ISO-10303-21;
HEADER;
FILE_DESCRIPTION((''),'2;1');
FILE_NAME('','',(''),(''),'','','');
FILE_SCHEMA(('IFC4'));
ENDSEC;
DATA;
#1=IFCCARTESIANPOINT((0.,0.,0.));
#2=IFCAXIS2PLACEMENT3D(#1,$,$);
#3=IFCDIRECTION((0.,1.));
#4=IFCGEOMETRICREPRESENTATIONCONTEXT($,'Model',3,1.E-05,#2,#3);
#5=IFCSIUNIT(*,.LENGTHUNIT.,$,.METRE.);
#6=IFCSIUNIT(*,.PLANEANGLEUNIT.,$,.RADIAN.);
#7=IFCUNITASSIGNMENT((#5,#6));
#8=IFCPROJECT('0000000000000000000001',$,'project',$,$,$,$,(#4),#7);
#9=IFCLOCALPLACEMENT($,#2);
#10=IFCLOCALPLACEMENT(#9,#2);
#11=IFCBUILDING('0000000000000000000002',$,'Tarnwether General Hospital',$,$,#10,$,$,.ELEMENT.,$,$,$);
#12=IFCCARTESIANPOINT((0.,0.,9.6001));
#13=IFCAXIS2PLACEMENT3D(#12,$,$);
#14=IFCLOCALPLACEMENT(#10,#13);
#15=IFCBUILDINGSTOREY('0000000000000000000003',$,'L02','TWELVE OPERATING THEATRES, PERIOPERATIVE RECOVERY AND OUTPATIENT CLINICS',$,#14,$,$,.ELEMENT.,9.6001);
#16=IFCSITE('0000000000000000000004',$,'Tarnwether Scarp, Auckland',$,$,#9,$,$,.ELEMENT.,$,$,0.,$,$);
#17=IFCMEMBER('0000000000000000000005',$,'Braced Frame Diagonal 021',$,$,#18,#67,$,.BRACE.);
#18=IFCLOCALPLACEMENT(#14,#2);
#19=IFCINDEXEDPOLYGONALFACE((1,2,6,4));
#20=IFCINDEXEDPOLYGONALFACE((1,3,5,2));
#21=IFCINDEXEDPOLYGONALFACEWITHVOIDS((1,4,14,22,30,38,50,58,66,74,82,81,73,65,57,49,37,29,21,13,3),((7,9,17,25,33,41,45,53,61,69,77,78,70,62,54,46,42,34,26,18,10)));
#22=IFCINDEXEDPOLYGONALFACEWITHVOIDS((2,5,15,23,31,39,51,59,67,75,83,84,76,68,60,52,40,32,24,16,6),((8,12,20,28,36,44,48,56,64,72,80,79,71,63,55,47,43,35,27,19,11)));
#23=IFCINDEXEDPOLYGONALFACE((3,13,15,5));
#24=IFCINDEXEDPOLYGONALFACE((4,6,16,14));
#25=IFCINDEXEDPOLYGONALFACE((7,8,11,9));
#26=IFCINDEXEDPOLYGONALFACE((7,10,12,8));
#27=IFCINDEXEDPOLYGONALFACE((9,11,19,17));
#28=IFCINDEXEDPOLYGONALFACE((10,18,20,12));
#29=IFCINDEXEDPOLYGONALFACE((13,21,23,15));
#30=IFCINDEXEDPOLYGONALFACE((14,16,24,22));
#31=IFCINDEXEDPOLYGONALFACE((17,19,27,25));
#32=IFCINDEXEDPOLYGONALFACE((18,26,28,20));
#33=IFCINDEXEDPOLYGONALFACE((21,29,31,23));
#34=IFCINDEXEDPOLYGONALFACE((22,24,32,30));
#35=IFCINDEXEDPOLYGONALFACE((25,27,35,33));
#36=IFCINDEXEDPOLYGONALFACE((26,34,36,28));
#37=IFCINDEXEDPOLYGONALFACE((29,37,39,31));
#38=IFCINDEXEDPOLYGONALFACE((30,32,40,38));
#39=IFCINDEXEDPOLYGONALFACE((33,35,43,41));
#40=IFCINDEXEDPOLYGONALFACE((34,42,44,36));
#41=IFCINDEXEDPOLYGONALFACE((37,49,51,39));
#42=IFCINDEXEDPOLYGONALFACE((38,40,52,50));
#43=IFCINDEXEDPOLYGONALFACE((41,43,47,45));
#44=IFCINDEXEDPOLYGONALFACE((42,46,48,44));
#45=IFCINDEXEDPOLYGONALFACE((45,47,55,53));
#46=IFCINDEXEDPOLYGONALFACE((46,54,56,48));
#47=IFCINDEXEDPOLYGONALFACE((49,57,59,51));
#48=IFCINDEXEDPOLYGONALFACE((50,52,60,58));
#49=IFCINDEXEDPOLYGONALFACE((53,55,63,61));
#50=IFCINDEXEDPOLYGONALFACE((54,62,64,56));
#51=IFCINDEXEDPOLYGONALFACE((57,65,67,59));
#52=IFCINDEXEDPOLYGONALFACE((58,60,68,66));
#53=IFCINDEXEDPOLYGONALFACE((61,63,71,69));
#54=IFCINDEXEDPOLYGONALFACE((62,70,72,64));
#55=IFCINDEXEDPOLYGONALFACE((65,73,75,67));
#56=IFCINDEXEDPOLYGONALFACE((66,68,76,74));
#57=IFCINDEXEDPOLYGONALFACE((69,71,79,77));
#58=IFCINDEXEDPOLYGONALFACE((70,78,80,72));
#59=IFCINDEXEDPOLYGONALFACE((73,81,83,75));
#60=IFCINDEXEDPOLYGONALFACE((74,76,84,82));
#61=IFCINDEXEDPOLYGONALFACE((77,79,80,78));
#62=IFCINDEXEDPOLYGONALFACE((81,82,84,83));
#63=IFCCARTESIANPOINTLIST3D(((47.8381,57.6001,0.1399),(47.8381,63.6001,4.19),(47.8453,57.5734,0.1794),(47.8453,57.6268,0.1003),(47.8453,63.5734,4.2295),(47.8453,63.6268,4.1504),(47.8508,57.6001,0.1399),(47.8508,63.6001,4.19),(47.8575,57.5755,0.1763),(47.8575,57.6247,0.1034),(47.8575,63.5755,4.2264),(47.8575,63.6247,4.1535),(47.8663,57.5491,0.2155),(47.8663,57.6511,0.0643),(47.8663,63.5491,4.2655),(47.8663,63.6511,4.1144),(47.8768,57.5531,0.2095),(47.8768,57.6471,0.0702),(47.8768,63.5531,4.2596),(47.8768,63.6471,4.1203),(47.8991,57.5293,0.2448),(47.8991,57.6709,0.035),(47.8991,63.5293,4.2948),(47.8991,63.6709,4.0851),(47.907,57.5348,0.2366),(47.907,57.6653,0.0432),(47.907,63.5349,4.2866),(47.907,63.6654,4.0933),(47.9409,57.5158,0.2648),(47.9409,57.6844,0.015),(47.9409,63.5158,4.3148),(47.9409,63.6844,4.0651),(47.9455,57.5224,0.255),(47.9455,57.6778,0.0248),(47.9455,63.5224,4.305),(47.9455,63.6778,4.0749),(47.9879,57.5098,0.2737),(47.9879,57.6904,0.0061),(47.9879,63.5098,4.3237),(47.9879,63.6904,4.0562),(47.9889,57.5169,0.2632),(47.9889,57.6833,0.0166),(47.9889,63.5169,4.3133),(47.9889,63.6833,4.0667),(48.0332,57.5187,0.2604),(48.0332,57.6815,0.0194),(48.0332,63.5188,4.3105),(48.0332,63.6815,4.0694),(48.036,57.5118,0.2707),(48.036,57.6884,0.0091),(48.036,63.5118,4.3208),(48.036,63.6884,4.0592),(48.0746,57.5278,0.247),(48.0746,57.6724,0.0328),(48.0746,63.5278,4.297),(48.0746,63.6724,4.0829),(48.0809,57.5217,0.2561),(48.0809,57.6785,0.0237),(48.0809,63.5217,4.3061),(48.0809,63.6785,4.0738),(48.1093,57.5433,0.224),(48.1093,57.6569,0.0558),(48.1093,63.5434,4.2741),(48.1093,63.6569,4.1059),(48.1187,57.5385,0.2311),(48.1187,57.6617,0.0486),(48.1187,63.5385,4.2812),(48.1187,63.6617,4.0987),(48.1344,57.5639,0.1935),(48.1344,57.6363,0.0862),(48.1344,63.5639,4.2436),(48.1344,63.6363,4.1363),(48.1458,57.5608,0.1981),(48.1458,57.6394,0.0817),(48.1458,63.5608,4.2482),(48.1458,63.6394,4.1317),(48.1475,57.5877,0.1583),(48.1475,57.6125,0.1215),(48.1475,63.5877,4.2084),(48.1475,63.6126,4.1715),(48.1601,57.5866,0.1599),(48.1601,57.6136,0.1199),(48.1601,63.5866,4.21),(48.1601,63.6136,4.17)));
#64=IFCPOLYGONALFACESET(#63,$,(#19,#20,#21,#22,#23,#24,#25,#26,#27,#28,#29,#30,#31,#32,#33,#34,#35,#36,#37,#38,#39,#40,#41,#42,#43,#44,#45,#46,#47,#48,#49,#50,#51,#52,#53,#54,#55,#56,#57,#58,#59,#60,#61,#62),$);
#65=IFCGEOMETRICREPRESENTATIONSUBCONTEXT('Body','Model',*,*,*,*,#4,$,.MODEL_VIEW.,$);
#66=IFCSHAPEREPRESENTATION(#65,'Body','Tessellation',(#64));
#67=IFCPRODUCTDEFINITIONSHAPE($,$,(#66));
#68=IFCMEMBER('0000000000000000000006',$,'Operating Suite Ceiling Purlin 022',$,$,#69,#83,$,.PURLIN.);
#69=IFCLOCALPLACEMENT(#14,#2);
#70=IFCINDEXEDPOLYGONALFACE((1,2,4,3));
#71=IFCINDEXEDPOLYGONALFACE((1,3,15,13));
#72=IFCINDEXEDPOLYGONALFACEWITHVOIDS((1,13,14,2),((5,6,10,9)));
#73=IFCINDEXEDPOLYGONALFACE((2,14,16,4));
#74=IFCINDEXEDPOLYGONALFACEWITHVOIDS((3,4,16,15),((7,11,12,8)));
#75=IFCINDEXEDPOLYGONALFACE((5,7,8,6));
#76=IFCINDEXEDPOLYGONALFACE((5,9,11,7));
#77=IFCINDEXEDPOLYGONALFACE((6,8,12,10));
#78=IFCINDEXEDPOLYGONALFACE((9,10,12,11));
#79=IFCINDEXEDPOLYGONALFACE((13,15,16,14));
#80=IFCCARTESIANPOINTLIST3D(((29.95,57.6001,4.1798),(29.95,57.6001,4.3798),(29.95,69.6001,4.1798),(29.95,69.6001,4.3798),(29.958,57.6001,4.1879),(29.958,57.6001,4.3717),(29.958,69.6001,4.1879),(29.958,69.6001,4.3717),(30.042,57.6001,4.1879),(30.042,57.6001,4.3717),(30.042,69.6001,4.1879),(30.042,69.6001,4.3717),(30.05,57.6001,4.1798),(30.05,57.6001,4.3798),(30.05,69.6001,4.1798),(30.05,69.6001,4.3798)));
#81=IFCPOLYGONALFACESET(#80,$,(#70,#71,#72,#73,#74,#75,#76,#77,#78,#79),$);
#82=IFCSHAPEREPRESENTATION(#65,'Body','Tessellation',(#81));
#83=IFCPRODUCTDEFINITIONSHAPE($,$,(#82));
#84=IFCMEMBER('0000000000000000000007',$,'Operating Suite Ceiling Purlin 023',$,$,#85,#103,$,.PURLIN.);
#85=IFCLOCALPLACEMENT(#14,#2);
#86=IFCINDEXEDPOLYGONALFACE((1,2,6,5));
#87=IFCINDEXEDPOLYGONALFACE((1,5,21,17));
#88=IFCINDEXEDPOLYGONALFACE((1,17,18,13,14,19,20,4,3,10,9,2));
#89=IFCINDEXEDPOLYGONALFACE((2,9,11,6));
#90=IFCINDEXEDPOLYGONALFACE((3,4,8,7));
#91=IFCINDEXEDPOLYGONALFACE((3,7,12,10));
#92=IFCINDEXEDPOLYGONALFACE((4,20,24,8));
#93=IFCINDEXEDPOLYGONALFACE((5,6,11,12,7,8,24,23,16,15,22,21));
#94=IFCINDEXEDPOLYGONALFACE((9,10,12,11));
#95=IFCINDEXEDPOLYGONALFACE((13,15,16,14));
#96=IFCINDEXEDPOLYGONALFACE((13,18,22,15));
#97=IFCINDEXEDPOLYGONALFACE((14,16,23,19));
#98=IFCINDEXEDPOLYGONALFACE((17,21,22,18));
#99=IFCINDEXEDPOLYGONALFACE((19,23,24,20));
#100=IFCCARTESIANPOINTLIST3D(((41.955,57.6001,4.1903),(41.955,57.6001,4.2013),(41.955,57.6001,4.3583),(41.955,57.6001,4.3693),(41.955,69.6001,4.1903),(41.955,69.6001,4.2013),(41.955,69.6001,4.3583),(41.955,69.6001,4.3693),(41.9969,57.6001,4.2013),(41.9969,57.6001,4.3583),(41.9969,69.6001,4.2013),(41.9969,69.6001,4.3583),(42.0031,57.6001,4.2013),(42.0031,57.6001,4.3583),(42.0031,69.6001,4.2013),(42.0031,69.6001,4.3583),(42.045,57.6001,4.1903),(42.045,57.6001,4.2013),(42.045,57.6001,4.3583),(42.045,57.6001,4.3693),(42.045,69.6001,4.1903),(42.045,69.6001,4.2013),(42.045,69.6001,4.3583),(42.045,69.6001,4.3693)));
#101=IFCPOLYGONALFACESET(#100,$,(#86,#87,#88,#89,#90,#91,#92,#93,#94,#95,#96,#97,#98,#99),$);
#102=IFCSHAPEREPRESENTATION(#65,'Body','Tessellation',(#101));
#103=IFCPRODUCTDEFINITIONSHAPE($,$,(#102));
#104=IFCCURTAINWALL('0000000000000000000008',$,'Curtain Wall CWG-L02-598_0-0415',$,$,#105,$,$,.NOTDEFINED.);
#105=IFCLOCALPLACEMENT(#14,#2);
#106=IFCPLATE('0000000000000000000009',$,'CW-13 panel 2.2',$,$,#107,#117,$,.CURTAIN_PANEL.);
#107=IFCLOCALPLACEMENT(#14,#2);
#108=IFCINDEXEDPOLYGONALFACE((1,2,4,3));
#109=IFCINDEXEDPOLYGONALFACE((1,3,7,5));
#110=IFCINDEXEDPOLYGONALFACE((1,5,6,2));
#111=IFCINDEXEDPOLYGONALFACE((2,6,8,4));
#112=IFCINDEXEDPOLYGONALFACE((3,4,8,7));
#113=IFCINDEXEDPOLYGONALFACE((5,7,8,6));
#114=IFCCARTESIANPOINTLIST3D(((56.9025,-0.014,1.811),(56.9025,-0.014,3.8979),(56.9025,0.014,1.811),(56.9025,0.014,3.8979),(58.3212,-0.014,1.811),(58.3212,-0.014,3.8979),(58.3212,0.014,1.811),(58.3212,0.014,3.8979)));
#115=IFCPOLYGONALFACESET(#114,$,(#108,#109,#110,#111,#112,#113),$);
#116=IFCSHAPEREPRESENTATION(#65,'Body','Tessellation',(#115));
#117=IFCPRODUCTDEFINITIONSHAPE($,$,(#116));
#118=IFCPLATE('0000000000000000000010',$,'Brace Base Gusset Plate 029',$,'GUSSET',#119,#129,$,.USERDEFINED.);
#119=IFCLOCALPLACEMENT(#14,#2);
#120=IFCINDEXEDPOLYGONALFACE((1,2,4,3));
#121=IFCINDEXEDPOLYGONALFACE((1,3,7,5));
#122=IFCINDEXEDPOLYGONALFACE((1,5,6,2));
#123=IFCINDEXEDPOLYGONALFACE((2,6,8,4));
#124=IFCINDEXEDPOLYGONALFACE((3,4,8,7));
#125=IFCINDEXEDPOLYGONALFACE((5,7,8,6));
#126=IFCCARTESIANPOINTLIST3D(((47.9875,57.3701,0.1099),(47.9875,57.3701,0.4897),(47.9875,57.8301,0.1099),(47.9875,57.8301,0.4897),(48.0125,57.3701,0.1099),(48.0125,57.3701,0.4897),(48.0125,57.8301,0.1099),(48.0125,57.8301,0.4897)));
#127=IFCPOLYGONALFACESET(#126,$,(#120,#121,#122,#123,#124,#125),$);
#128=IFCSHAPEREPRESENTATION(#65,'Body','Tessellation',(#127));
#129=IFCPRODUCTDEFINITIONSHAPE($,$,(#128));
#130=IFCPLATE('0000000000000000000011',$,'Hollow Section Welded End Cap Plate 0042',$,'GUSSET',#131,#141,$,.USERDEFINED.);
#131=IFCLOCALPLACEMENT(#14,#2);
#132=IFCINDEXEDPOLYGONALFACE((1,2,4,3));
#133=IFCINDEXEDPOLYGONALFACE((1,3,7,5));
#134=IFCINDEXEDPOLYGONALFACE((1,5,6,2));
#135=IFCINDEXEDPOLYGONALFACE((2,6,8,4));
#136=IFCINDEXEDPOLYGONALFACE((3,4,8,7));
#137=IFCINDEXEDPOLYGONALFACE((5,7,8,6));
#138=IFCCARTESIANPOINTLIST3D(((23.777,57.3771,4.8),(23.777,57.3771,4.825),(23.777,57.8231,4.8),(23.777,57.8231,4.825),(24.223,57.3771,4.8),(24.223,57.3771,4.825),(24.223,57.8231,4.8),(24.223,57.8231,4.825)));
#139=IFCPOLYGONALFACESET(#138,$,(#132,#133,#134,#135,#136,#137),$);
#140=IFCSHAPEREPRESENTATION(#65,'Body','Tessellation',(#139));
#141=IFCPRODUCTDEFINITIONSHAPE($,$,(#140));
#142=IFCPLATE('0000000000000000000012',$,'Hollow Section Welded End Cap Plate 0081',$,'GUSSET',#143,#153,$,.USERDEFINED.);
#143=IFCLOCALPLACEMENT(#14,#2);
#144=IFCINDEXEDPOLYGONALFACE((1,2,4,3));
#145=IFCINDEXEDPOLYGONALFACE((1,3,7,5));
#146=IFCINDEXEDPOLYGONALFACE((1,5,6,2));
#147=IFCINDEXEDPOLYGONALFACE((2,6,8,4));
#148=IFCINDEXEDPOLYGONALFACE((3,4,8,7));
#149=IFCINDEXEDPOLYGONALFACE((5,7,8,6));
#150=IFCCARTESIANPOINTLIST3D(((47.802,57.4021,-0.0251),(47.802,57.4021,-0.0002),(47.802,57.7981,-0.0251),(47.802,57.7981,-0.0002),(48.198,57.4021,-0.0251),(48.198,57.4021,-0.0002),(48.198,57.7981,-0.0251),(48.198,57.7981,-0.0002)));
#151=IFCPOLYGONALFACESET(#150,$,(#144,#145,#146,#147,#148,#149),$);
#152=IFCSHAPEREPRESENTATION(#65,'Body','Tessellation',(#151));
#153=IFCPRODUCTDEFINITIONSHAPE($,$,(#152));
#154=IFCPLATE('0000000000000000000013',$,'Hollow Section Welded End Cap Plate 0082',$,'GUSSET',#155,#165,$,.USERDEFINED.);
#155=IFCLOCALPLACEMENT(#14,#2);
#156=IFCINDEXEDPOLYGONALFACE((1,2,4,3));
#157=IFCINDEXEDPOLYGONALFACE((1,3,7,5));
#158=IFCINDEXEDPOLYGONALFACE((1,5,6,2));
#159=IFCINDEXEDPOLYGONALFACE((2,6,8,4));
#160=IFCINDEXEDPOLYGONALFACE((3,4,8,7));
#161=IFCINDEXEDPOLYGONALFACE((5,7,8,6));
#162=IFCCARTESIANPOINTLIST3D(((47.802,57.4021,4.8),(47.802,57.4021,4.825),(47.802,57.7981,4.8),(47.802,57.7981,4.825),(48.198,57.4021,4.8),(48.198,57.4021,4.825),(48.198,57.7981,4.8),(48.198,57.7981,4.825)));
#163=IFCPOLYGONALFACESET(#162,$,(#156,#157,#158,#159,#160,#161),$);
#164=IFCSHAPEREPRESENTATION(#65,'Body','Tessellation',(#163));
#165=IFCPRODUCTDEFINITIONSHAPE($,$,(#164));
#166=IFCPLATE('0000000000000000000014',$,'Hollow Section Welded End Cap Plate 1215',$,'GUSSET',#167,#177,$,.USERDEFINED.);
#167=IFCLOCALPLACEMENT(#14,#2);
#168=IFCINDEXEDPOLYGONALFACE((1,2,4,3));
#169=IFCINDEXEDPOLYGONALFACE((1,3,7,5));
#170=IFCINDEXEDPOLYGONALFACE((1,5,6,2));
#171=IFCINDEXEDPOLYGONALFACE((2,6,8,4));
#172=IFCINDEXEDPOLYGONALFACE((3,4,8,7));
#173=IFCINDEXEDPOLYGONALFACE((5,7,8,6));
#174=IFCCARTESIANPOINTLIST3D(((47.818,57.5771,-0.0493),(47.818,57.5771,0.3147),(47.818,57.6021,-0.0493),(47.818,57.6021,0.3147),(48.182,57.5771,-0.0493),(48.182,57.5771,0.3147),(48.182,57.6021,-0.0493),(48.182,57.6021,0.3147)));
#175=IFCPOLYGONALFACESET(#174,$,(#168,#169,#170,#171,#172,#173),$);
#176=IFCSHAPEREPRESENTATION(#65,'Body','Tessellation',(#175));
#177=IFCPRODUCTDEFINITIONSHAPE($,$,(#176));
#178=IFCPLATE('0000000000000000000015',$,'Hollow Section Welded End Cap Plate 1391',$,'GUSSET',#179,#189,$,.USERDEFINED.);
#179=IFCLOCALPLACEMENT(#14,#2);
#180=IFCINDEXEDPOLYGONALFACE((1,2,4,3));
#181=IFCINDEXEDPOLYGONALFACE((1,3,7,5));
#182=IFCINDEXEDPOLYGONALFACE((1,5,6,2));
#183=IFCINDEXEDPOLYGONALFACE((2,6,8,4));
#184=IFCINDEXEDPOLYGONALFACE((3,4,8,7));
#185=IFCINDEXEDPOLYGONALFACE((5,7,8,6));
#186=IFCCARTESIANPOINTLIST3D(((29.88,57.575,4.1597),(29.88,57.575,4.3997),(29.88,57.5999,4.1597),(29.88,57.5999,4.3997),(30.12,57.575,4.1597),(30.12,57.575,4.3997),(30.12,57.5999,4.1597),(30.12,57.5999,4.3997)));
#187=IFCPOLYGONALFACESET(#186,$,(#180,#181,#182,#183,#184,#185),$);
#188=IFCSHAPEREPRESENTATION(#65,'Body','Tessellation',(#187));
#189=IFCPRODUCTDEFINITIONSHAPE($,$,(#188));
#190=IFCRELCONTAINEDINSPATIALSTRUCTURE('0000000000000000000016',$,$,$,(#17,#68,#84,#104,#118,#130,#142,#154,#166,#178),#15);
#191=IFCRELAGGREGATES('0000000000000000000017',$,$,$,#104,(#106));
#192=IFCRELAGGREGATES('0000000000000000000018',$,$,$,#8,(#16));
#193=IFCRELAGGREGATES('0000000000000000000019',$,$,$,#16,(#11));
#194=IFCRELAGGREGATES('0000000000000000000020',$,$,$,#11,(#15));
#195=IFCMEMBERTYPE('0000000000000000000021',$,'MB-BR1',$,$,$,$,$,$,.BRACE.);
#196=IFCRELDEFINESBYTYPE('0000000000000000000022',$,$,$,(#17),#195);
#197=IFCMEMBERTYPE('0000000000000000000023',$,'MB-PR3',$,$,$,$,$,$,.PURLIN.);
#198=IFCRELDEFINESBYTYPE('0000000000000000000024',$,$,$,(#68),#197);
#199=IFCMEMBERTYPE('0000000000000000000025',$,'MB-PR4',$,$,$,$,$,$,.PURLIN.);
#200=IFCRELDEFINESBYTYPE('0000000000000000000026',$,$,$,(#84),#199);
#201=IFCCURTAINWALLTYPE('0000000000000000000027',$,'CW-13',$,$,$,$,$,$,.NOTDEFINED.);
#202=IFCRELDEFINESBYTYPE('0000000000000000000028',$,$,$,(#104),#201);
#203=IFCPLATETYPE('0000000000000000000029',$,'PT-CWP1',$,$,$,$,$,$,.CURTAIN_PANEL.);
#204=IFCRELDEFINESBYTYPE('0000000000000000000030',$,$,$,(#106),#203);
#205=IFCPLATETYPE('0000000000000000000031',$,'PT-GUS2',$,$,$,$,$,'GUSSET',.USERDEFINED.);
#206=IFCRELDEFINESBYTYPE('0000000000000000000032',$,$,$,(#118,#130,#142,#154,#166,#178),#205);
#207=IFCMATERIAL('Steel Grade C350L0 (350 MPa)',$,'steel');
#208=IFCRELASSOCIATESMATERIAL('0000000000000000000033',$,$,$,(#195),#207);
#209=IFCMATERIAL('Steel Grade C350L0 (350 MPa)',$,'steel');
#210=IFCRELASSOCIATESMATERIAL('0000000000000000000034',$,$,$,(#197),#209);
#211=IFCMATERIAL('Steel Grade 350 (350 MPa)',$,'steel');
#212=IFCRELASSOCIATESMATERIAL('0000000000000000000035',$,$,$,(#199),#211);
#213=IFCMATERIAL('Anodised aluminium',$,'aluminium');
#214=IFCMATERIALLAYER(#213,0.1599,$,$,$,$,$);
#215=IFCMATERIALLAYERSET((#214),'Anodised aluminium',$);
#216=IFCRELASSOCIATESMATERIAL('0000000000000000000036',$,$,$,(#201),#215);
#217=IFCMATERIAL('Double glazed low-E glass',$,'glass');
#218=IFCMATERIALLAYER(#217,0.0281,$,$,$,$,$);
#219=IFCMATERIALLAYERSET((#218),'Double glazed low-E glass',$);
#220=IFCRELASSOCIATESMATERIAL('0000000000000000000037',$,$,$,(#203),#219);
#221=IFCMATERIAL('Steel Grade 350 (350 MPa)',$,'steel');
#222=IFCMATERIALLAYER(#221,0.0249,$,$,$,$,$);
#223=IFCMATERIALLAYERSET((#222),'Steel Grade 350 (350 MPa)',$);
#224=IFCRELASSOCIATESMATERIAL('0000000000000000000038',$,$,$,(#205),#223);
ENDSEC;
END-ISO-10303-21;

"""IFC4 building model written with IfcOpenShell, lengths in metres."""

from ifc_helpers import new_model, si_unit, direction, frame, origin, origin_2d, place, context, subcontext, project, spatial, rectangle, hollow_rectangle, hollow_circle, i_section, extrude, material, layer, layer_set, material_profile, profile_set, type_object, element, aggregate, save


model = new_model("IFC4")

# Units and contexts
model_context = context("Model", 3, precision=1e-05, world=origin(), true_north=direction((0.0, 1.0)))
body_context = subcontext(model_context, "Body", "Model", "MODEL_VIEW")
ifc_project = project(units=[si_unit("LENGTHUNIT", "METRE"), si_unit("PLANEANGLEUNIT", "RADIAN")], contexts=[model_context])

# Site, building, storey
site_placement = place(None, origin())
site = spatial("IfcSite", under=ifc_project, at=site_placement, Name="Tarnwether Scarp, Auckland", CompositionType="ELEMENT", RefElevation=0.0)
building_placement = place(site_placement, origin())
building = spatial("IfcBuilding", under=site, at=building_placement, Name="Tarnwether General Hospital", CompositionType="ELEMENT")
storey_placement = place(building_placement, frame((0.0, 0.0, 9.6001)))
storey = spatial("IfcBuildingStorey", under=building, at=storey_placement, Name="L02", Description="TWELVE OPERATING THEATRES, PERIOPERATIVE RECOVERY AND OUTPATIENT CLINICS", CompositionType="ELEMENT", Elevation=9.6001)

# Members
ifc_material_1 = material(Name="Steel Grade C350L0 (350 MPa)", Category="steel")
ifc_material_profile_1 = material_profile(ifc_material_1, hollow_circle(Radius=0.1619, WallThickness=0.0127, at=origin_2d()), Name="CHS323.9x12.7")
ifc_profile_set_1 = profile_set([ifc_material_profile_1], Name="Steel Grade C350L0 (350 MPa)")
member_type_1 = type_object("IfcMemberType", Name="MB-BR1", PredefinedType="BRACE", material=ifc_profile_set_1)
member_1_placement = place(storey_placement, frame((48.0, 57.6001, 0.1399), z_axis=(0.0, 0.828846, 0.559477), x_axis=(-1.0, 0.0, 0.0)))
element("IfcMember", 1, at=member_1_placement, inside=storey, type_object=member_type_1, Name="Braced Frame Diagonal 021", PredefinedType="BRACE", context=body_context, shape_type="SweptSolid", body=[
    extrude(hollow_circle(Radius=0.1619, WallThickness=0.0127, at=origin_2d()), origin(), (0.0, 0.0, 1.0), 7.239),
])
ifc_material_2 = material(Name="Steel Grade C350L0 (350 MPa)", Category="steel")
ifc_material_profile_2 = material_profile(ifc_material_2, hollow_rectangle(XDim=0.1001, YDim=0.2, WallThickness=0.0081, at=origin_2d()), Name="RHS200x100x8")
ifc_profile_set_2 = profile_set([ifc_material_profile_2], Name="Steel Grade C350L0 (350 MPa)")
member_type_2 = type_object("IfcMemberType", Name="MB-PR3", PredefinedType="PURLIN", material=ifc_profile_set_2)
member_2_placement = place(storey_placement, frame((30.0, 57.6001, 4.2798), z_axis=(0.0, 1.0, 0.0), x_axis=(-1.0, 0.0, 0.0)))
element("IfcMember", 2, at=member_2_placement, inside=storey, type_object=member_type_2, Name="Operating Suite Ceiling Purlin 022", PredefinedType="PURLIN", context=body_context, shape_type="SweptSolid", body=[
    extrude(hollow_rectangle(XDim=0.1001, YDim=0.2, WallThickness=0.0081, at=origin_2d()), origin(), (0.0, 0.0, 1.0), 12.0),
])
ifc_material_3 = material(Name="Steel Grade 350 (350 MPa)", Category="steel")
ifc_material_profile_3 = material_profile(ifc_material_3, i_section(OverallWidth=0.0901, OverallDepth=0.179, WebThickness=0.0061, FlangeThickness=0.011, at=origin_2d()), Name="180UB22.2")
ifc_profile_set_3 = profile_set([ifc_material_profile_3], Name="Steel Grade 350 (350 MPa)")
member_type_3 = type_object("IfcMemberType", Name="MB-PR4", PredefinedType="PURLIN", material=ifc_profile_set_3)
member_3_placement = place(storey_placement, frame((42.0, 57.6001, 4.2798), z_axis=(0.0, 1.0, 0.0), x_axis=(-1.0, 0.0, 0.0)))
element("IfcMember", 3, at=member_3_placement, inside=storey, type_object=member_type_3, Name="Operating Suite Ceiling Purlin 023", PredefinedType="PURLIN", context=body_context, shape_type="SweptSolid", body=[
    extrude(i_section(OverallWidth=0.0901, OverallDepth=0.179, WebThickness=0.0061, FlangeThickness=0.011, at=origin_2d()), origin(), (0.0, 0.0, 1.0), 12.0),
])

# Curtain wall, plate
ifc_material_4 = material(Name="Anodised aluminium", Category="aluminium")
ifc_layer_1 = layer(ifc_material_4, 0.1599)
ifc_layer_set_1 = layer_set([ifc_layer_1], Name="Anodised aluminium")
curtain_wall_type = type_object("IfcCurtainWallType", Name="CW-13", PredefinedType="NOTDEFINED", material=ifc_layer_set_1)
curtain_wall_placement = place(storey_placement, origin())
curtain_wall = element("IfcCurtainWall", 4, at=curtain_wall_placement, inside=storey, type_object=curtain_wall_type, Name="Curtain Wall CWG-L02-598_0-0415", PredefinedType="NOTDEFINED")
ifc_material_5 = material(Name="Double glazed low-E glass", Category="glass")
ifc_layer_2 = layer(ifc_material_5, 0.0281)
ifc_layer_set_2 = layer_set([ifc_layer_2], Name="Double glazed low-E glass")
plate_type_1 = type_object("IfcPlateType", Name="PT-CWP1", PredefinedType="CURTAIN_PANEL", material=ifc_layer_set_2)
plate_1_placement = place(storey_placement, frame((57.6118, 0.0, 1.811), z_axis=(0.0, 0.0, 1.0), x_axis=(-1.0, 0.0, 0.0)))
plate_1 = element("IfcPlate", 5, at=plate_1_placement, type_object=plate_type_1, Name="CW-13 panel 2.2", PredefinedType="CURTAIN_PANEL", context=body_context, shape_type="SweptSolid", body=[
    extrude(rectangle(XDim=1.4187, YDim=0.0281, at=origin_2d()), origin(), (0.0, 0.0, 1.0), 2.0869),
])
aggregate(curtain_wall, [plate_1])

# Plates
ifc_material_6 = material(Name="Steel Grade 350 (350 MPa)", Category="steel")
ifc_layer_3 = layer(ifc_material_6, 0.0249)
ifc_layer_set_3 = layer_set([ifc_layer_3], Name="Steel Grade 350 (350 MPa)")
plate_type_2 = type_object("IfcPlateType", Name="PT-GUS2", ElementType="GUSSET", PredefinedType="USERDEFINED", material=ifc_layer_set_3)
plate_2_placement = place(storey_placement, frame((48.0, 57.6001, 0.1099), z_axis=(0.0, 0.0, 1.0), x_axis=(0.0, 1.0, 0.0)))
element("IfcPlate", 6, at=plate_2_placement, inside=storey, type_object=plate_type_2, Name="Brace Base Gusset Plate 029", ObjectType="GUSSET", PredefinedType="USERDEFINED", context=body_context, shape_type="SweptSolid", body=[
    extrude(rectangle(XDim=0.46, YDim=0.0249, at=origin_2d()), origin(), (0.0, 0.0, 1.0), 0.3799),
])
plate_3_placement = place(storey_placement, frame((24.0, 57.6001, 4.8), z_axis=(0.0, 0.0, 1.0), x_axis=(1.0, 0.0, 0.0)))
element("IfcPlate", 7, at=plate_3_placement, inside=storey, type_object=plate_type_2, Name="Hollow Section Welded End Cap Plate 0042", ObjectType="GUSSET", PredefinedType="USERDEFINED", context=body_context, shape_type="SweptSolid", body=[
    extrude(rectangle(XDim=0.446, YDim=0.446, at=origin_2d()), origin(), (0.0, 0.0, 1.0), 0.0249),
])
for number, where, z_axis, x_axis, name in (
    (8, (48.0, 57.6001, -0.0251), (0.0, 0.0, 1.0), (1.0, 0.0, 0.0), "Hollow Section Welded End Cap Plate 0081"),
    (9, (48.0, 57.6001, 4.8), (0.0, 0.0, 1.0), (1.0, 0.0, 0.0), "Hollow Section Welded End Cap Plate 0082"),
):
    element("IfcPlate", number, at=place(storey_placement, frame(where, z_axis=z_axis, x_axis=x_axis)), inside=storey, type_object=plate_type_2, Name=name, ObjectType="GUSSET", PredefinedType="USERDEFINED", context=body_context, shape_type="SweptSolid", body=[
        extrude(rectangle(XDim=0.396, YDim=0.396, at=origin_2d()), origin(), (0.0, 0.0, 1.0), 0.0249),
    ])
plate_4_placement = place(storey_placement, frame((48.0, 57.5896, -0.0493), z_axis=(0.0, 0.0, 1.0), x_axis=(0.0, 1.0, 0.0)))
element("IfcPlate", 10, at=plate_4_placement, inside=storey, type_object=plate_type_2, Name="Hollow Section Welded End Cap Plate 1215", ObjectType="GUSSET", PredefinedType="USERDEFINED", context=body_context, shape_type="SweptSolid", body=[
    extrude(rectangle(XDim=0.0249, YDim=0.364, at=origin_2d()), origin(), (0.0, 0.0, 1.0), 0.364),
])
plate_5_placement = place(storey_placement, frame((30.0, 57.5874, 4.1597), z_axis=(0.0, 0.0, 1.0), x_axis=(0.0, 1.0, 0.0)))
element("IfcPlate", 11, at=plate_5_placement, inside=storey, type_object=plate_type_2, Name="Hollow Section Welded End Cap Plate 1391", ObjectType="GUSSET", PredefinedType="USERDEFINED", context=body_context, shape_type="SweptSolid", body=[
    extrude(rectangle(XDim=0.0249, YDim=0.24, at=origin_2d()), origin(), (0.0, 0.0, 1.0), 0.24),
])

save(model, "model.ifc")
